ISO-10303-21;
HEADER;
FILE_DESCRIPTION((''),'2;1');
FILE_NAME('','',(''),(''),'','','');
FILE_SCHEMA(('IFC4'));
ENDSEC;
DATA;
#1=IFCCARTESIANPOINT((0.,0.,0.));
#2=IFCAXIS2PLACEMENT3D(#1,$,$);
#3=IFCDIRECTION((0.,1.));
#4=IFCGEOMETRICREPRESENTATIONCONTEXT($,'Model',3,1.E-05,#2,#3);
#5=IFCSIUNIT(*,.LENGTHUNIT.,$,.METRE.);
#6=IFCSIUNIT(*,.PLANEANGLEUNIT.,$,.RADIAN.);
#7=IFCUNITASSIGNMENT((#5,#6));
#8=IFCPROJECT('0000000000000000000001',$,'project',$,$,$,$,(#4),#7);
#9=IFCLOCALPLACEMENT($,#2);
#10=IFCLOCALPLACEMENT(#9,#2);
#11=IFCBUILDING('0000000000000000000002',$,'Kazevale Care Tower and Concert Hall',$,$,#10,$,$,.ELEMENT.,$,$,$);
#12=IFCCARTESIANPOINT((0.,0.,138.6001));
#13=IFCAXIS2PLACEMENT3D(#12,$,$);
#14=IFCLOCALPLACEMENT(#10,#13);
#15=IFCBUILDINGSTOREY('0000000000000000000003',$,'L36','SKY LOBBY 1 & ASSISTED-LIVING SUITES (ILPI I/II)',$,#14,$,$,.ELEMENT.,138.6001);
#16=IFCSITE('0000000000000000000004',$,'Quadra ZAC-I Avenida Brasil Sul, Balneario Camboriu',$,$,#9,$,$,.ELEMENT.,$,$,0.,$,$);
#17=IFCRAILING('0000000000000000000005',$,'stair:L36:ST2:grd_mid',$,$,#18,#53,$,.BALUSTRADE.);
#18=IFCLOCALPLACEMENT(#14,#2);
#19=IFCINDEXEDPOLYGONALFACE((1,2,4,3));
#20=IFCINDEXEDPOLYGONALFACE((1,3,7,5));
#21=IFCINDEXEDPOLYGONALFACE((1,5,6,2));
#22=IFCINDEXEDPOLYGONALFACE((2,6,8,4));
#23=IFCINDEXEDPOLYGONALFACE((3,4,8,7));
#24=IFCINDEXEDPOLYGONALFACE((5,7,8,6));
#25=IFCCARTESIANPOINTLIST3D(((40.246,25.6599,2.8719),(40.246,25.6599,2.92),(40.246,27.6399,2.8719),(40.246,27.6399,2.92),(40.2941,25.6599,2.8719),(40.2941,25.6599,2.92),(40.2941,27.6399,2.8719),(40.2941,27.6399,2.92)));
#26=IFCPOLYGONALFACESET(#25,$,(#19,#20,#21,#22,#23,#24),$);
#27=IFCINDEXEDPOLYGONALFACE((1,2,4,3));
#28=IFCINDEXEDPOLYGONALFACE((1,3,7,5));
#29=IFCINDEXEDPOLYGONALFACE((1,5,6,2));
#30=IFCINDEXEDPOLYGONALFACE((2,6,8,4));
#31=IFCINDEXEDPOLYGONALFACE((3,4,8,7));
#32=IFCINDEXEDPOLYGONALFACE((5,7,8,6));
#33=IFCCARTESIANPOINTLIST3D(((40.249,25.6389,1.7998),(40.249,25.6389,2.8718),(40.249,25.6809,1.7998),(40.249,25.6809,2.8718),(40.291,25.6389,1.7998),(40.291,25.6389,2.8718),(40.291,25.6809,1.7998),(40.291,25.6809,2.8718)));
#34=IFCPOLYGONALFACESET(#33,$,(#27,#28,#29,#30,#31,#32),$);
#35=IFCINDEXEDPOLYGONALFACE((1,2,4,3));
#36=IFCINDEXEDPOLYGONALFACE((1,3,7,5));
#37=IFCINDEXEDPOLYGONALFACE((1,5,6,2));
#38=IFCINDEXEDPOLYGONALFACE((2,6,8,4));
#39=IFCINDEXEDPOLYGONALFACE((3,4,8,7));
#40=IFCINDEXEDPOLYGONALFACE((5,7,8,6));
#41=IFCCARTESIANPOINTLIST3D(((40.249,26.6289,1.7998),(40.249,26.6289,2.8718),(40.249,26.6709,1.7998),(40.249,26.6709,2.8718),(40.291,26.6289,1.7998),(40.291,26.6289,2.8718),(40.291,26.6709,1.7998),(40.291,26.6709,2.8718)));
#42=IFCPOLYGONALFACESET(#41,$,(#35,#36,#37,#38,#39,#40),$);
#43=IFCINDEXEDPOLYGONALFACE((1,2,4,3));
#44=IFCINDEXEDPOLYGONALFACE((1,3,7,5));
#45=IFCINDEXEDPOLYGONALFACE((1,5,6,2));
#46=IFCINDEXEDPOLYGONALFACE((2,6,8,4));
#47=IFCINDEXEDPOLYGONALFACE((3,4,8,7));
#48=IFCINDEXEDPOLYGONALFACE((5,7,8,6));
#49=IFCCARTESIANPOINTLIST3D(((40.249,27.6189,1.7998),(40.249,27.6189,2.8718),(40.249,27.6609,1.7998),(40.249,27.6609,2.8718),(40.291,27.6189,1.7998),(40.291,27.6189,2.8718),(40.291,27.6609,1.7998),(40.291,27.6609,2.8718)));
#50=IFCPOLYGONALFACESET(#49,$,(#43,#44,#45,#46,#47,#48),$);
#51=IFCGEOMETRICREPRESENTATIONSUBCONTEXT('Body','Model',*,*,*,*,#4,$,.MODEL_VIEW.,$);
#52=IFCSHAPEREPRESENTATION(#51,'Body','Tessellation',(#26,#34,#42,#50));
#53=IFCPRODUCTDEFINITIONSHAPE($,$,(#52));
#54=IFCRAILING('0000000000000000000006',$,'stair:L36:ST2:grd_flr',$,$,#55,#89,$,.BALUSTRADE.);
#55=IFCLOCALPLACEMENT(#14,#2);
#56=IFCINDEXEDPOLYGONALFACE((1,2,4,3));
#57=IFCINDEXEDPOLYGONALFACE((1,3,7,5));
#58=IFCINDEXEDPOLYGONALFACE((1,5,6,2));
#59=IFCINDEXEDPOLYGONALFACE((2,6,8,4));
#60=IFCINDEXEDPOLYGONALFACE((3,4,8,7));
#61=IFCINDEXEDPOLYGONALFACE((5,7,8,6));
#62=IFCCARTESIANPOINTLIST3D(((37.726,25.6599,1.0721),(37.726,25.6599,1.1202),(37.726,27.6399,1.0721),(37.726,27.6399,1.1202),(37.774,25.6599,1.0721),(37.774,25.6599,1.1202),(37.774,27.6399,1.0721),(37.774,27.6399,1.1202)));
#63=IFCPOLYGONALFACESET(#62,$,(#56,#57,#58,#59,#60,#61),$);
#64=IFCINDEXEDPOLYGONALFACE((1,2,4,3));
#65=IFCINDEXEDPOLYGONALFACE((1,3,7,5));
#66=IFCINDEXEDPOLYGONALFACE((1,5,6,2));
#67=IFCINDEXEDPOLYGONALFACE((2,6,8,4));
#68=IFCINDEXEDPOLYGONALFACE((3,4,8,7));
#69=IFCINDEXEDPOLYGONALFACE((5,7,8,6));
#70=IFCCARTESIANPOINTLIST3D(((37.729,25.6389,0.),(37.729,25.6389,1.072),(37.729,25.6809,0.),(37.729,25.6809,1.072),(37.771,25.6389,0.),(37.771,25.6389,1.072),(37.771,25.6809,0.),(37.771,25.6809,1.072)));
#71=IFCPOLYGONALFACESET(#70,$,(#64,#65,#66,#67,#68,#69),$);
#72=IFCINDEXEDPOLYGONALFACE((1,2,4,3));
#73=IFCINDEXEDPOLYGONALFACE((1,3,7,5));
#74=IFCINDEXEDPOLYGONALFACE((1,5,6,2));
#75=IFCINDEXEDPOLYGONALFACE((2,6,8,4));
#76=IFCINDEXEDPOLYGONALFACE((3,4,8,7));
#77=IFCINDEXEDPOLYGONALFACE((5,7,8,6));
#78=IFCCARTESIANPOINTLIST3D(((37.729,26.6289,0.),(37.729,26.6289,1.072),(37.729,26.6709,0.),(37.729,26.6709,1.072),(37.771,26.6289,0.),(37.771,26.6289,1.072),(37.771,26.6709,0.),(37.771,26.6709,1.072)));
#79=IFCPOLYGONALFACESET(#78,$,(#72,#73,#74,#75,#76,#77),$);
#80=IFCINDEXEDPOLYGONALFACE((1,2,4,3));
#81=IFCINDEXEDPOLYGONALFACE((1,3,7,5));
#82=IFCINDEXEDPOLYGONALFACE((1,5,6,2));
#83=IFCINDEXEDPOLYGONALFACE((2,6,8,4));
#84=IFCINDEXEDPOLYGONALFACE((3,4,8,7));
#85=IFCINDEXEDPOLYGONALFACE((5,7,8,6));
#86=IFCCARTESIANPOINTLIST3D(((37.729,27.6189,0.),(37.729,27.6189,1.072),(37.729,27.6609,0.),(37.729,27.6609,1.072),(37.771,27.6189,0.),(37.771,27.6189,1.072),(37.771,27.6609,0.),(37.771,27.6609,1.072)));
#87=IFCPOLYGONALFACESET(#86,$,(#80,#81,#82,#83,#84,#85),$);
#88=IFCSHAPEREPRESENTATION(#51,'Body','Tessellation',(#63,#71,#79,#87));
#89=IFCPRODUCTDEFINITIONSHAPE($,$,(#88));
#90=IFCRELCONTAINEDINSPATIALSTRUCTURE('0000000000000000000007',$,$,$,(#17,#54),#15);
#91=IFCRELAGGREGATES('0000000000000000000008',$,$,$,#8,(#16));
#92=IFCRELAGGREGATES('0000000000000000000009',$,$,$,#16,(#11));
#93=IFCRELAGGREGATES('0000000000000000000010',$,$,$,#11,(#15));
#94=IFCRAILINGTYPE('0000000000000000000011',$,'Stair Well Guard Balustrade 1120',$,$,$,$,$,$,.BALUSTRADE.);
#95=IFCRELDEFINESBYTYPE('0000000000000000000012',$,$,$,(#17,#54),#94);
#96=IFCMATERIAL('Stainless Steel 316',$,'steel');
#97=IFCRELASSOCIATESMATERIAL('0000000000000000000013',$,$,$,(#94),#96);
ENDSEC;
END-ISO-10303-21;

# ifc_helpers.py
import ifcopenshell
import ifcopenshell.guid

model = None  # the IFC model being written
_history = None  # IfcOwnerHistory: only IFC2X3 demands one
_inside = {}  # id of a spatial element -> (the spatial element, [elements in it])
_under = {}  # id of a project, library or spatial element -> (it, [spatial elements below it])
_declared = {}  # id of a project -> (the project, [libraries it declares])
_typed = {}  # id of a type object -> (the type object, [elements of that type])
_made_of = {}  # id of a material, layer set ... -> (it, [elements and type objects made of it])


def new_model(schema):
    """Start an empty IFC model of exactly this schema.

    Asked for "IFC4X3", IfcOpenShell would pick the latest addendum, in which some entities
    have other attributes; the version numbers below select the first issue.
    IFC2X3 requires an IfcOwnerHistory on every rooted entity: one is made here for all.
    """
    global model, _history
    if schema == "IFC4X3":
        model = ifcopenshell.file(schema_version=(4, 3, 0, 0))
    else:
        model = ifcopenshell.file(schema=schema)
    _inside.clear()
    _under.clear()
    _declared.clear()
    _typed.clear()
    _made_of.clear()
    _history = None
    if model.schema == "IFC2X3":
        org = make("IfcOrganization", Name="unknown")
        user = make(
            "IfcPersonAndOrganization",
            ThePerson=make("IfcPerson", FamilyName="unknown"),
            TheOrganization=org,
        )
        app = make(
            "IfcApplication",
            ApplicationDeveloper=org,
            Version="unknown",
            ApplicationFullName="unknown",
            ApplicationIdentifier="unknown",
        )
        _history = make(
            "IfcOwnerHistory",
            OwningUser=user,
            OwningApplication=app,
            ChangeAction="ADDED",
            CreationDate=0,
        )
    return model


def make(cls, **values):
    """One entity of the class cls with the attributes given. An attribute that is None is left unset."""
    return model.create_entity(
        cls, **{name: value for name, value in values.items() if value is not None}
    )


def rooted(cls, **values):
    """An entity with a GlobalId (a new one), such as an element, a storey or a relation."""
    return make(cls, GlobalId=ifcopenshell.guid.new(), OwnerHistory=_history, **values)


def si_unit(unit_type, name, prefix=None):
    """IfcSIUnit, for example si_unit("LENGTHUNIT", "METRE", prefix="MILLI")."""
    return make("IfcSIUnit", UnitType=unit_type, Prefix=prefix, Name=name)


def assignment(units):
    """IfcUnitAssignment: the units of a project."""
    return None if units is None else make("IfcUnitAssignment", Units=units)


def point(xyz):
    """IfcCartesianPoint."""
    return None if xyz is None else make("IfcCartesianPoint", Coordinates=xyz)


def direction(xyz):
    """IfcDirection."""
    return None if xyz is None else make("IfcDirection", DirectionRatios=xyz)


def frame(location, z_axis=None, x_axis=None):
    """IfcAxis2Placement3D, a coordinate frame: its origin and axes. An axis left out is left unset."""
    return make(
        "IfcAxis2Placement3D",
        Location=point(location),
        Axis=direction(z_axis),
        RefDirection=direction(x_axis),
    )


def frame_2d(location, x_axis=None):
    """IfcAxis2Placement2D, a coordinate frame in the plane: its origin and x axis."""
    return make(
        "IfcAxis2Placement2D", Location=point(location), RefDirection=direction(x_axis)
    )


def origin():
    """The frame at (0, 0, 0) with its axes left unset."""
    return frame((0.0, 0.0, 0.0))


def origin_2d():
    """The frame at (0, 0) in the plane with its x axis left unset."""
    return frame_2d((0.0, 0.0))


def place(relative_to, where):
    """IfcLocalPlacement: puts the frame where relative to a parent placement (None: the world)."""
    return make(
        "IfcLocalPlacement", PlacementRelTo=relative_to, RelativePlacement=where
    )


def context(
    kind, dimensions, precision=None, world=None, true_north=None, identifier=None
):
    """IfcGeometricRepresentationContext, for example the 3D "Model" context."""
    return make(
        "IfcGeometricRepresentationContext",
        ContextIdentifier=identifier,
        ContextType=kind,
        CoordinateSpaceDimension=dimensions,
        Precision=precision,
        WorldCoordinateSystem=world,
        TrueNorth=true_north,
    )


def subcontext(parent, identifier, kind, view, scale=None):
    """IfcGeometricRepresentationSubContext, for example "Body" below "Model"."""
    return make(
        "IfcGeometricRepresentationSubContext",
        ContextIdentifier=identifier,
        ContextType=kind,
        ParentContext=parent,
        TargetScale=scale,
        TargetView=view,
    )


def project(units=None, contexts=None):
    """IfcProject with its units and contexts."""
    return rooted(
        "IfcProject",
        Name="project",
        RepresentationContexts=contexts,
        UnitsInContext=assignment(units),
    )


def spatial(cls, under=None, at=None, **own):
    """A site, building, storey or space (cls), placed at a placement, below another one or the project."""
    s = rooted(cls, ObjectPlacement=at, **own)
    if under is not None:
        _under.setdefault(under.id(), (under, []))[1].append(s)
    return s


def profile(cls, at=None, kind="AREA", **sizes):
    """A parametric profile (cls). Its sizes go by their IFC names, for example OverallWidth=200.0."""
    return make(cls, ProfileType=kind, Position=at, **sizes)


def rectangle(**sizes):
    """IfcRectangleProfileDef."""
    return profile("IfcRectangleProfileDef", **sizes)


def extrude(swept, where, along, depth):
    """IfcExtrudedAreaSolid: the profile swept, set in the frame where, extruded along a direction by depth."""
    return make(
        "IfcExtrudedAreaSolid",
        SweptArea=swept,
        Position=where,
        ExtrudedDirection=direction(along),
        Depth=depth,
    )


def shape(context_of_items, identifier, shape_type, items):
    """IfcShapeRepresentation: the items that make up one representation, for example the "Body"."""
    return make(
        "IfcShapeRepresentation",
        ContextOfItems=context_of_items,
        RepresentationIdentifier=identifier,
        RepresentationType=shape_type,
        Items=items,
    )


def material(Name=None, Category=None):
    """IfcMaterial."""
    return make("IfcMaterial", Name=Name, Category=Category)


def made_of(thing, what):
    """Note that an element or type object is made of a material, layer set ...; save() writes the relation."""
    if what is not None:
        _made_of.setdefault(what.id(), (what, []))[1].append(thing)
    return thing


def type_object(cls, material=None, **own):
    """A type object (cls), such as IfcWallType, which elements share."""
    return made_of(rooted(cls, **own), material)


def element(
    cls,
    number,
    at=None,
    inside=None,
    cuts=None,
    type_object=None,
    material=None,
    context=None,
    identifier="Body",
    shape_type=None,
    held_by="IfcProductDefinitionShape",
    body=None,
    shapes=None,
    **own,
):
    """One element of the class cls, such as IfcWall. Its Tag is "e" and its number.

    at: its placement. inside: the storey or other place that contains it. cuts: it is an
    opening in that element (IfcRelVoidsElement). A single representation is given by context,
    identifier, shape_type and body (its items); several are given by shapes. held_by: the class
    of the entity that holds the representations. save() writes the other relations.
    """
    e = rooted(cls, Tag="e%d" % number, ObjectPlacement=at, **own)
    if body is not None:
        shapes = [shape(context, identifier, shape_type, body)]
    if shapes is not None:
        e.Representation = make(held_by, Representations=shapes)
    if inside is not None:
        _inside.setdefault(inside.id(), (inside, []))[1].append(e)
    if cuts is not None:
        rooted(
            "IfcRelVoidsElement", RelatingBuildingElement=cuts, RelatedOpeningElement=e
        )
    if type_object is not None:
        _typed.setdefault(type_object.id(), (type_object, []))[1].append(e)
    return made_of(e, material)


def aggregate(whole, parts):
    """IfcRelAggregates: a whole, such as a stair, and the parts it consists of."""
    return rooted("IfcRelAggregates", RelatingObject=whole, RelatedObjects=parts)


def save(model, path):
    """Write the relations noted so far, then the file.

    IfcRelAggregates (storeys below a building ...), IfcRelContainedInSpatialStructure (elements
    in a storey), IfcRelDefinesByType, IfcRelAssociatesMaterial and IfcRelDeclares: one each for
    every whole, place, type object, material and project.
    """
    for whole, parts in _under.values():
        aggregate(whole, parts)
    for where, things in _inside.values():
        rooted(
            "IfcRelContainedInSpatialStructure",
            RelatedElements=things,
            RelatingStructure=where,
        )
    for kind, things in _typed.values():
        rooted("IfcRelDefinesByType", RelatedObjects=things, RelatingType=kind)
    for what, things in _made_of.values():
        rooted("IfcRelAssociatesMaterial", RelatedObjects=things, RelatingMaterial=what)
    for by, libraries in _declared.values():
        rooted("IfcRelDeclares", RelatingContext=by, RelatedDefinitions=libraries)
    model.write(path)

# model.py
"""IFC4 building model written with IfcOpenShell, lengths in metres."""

from ifc_helpers import new_model, si_unit, direction, frame, origin, origin_2d, place, context, subcontext, project, spatial, rectangle, extrude, material, type_object, element, save


model = new_model("IFC4")

# Units and contexts
model_context = context("Model", 3, precision=1e-05, world=origin(), true_north=direction((0.0, 1.0)))
body_context = subcontext(model_context, "Body", "Model", "MODEL_VIEW")
ifc_project = project(units=[si_unit("LENGTHUNIT", "METRE"), si_unit("PLANEANGLEUNIT", "RADIAN")], contexts=[model_context])

# Site, building, storey
site_placement = place(None, origin())
site = spatial("IfcSite", under=ifc_project, at=site_placement, Name="Quadra ZAC-I Avenida Brasil Sul, Balneario Camboriu", CompositionType="ELEMENT", RefElevation=0.0)
building_placement = place(site_placement, origin())
building = spatial("IfcBuilding", under=site, at=building_placement, Name="Kazevale Care Tower and Concert Hall", CompositionType="ELEMENT")
storey_placement = place(building_placement, frame((0.0, 0.0, 138.6001)))
storey = spatial("IfcBuildingStorey", under=building, at=storey_placement, Name="L36", Description="SKY LOBBY 1 & ASSISTED-LIVING SUITES (ILPI I/II)", CompositionType="ELEMENT", Elevation=138.6001)

# Railings
ifc_material_1 = material(Name="Stainless Steel 316", Category="steel")
railing_type_1 = type_object("IfcRailingType", Name="Stair Well Guard Balustrade 1120", PredefinedType="BALUSTRADE", material=ifc_material_1)
for number, where, name in (
    (1, (40.27, 25.6599, 1.7998), "stair:L36:ST2:grd_mid"),
    (2, (37.75, 25.6599, 0.0), "stair:L36:ST2:grd_flr"),
):
    element("IfcRailing", number, at=place(storey_placement, frame(where)), inside=storey, type_object=railing_type_1, Name=name, PredefinedType="BALUSTRADE", context=body_context, shape_type="SweptSolid", body=[
        extrude(rectangle(XDim=0.0481, YDim=0.0481, at=origin_2d()), frame((0.0, 0.0, 1.0962), z_axis=(0.0, 1.0, 0.0), x_axis=(-1.0, 0.0, 0.0)), (0.0, 0.0, 1.0), 1.98),
        extrude(rectangle(XDim=0.042, YDim=0.042, at=origin_2d()), origin(), (0.0, 0.0, 1.0), 1.072),
        extrude(rectangle(XDim=0.042, YDim=0.042, at=origin_2d()), frame((0.0, 0.99, 0.0)), (0.0, 0.0, 1.0), 1.072),
        extrude(rectangle(XDim=0.042, YDim=0.042, at=origin_2d()), frame((0.0, 1.98, 0.0)), (0.0, 0.0, 1.0), 1.072),
    ])

save(model, "model.ifc")
